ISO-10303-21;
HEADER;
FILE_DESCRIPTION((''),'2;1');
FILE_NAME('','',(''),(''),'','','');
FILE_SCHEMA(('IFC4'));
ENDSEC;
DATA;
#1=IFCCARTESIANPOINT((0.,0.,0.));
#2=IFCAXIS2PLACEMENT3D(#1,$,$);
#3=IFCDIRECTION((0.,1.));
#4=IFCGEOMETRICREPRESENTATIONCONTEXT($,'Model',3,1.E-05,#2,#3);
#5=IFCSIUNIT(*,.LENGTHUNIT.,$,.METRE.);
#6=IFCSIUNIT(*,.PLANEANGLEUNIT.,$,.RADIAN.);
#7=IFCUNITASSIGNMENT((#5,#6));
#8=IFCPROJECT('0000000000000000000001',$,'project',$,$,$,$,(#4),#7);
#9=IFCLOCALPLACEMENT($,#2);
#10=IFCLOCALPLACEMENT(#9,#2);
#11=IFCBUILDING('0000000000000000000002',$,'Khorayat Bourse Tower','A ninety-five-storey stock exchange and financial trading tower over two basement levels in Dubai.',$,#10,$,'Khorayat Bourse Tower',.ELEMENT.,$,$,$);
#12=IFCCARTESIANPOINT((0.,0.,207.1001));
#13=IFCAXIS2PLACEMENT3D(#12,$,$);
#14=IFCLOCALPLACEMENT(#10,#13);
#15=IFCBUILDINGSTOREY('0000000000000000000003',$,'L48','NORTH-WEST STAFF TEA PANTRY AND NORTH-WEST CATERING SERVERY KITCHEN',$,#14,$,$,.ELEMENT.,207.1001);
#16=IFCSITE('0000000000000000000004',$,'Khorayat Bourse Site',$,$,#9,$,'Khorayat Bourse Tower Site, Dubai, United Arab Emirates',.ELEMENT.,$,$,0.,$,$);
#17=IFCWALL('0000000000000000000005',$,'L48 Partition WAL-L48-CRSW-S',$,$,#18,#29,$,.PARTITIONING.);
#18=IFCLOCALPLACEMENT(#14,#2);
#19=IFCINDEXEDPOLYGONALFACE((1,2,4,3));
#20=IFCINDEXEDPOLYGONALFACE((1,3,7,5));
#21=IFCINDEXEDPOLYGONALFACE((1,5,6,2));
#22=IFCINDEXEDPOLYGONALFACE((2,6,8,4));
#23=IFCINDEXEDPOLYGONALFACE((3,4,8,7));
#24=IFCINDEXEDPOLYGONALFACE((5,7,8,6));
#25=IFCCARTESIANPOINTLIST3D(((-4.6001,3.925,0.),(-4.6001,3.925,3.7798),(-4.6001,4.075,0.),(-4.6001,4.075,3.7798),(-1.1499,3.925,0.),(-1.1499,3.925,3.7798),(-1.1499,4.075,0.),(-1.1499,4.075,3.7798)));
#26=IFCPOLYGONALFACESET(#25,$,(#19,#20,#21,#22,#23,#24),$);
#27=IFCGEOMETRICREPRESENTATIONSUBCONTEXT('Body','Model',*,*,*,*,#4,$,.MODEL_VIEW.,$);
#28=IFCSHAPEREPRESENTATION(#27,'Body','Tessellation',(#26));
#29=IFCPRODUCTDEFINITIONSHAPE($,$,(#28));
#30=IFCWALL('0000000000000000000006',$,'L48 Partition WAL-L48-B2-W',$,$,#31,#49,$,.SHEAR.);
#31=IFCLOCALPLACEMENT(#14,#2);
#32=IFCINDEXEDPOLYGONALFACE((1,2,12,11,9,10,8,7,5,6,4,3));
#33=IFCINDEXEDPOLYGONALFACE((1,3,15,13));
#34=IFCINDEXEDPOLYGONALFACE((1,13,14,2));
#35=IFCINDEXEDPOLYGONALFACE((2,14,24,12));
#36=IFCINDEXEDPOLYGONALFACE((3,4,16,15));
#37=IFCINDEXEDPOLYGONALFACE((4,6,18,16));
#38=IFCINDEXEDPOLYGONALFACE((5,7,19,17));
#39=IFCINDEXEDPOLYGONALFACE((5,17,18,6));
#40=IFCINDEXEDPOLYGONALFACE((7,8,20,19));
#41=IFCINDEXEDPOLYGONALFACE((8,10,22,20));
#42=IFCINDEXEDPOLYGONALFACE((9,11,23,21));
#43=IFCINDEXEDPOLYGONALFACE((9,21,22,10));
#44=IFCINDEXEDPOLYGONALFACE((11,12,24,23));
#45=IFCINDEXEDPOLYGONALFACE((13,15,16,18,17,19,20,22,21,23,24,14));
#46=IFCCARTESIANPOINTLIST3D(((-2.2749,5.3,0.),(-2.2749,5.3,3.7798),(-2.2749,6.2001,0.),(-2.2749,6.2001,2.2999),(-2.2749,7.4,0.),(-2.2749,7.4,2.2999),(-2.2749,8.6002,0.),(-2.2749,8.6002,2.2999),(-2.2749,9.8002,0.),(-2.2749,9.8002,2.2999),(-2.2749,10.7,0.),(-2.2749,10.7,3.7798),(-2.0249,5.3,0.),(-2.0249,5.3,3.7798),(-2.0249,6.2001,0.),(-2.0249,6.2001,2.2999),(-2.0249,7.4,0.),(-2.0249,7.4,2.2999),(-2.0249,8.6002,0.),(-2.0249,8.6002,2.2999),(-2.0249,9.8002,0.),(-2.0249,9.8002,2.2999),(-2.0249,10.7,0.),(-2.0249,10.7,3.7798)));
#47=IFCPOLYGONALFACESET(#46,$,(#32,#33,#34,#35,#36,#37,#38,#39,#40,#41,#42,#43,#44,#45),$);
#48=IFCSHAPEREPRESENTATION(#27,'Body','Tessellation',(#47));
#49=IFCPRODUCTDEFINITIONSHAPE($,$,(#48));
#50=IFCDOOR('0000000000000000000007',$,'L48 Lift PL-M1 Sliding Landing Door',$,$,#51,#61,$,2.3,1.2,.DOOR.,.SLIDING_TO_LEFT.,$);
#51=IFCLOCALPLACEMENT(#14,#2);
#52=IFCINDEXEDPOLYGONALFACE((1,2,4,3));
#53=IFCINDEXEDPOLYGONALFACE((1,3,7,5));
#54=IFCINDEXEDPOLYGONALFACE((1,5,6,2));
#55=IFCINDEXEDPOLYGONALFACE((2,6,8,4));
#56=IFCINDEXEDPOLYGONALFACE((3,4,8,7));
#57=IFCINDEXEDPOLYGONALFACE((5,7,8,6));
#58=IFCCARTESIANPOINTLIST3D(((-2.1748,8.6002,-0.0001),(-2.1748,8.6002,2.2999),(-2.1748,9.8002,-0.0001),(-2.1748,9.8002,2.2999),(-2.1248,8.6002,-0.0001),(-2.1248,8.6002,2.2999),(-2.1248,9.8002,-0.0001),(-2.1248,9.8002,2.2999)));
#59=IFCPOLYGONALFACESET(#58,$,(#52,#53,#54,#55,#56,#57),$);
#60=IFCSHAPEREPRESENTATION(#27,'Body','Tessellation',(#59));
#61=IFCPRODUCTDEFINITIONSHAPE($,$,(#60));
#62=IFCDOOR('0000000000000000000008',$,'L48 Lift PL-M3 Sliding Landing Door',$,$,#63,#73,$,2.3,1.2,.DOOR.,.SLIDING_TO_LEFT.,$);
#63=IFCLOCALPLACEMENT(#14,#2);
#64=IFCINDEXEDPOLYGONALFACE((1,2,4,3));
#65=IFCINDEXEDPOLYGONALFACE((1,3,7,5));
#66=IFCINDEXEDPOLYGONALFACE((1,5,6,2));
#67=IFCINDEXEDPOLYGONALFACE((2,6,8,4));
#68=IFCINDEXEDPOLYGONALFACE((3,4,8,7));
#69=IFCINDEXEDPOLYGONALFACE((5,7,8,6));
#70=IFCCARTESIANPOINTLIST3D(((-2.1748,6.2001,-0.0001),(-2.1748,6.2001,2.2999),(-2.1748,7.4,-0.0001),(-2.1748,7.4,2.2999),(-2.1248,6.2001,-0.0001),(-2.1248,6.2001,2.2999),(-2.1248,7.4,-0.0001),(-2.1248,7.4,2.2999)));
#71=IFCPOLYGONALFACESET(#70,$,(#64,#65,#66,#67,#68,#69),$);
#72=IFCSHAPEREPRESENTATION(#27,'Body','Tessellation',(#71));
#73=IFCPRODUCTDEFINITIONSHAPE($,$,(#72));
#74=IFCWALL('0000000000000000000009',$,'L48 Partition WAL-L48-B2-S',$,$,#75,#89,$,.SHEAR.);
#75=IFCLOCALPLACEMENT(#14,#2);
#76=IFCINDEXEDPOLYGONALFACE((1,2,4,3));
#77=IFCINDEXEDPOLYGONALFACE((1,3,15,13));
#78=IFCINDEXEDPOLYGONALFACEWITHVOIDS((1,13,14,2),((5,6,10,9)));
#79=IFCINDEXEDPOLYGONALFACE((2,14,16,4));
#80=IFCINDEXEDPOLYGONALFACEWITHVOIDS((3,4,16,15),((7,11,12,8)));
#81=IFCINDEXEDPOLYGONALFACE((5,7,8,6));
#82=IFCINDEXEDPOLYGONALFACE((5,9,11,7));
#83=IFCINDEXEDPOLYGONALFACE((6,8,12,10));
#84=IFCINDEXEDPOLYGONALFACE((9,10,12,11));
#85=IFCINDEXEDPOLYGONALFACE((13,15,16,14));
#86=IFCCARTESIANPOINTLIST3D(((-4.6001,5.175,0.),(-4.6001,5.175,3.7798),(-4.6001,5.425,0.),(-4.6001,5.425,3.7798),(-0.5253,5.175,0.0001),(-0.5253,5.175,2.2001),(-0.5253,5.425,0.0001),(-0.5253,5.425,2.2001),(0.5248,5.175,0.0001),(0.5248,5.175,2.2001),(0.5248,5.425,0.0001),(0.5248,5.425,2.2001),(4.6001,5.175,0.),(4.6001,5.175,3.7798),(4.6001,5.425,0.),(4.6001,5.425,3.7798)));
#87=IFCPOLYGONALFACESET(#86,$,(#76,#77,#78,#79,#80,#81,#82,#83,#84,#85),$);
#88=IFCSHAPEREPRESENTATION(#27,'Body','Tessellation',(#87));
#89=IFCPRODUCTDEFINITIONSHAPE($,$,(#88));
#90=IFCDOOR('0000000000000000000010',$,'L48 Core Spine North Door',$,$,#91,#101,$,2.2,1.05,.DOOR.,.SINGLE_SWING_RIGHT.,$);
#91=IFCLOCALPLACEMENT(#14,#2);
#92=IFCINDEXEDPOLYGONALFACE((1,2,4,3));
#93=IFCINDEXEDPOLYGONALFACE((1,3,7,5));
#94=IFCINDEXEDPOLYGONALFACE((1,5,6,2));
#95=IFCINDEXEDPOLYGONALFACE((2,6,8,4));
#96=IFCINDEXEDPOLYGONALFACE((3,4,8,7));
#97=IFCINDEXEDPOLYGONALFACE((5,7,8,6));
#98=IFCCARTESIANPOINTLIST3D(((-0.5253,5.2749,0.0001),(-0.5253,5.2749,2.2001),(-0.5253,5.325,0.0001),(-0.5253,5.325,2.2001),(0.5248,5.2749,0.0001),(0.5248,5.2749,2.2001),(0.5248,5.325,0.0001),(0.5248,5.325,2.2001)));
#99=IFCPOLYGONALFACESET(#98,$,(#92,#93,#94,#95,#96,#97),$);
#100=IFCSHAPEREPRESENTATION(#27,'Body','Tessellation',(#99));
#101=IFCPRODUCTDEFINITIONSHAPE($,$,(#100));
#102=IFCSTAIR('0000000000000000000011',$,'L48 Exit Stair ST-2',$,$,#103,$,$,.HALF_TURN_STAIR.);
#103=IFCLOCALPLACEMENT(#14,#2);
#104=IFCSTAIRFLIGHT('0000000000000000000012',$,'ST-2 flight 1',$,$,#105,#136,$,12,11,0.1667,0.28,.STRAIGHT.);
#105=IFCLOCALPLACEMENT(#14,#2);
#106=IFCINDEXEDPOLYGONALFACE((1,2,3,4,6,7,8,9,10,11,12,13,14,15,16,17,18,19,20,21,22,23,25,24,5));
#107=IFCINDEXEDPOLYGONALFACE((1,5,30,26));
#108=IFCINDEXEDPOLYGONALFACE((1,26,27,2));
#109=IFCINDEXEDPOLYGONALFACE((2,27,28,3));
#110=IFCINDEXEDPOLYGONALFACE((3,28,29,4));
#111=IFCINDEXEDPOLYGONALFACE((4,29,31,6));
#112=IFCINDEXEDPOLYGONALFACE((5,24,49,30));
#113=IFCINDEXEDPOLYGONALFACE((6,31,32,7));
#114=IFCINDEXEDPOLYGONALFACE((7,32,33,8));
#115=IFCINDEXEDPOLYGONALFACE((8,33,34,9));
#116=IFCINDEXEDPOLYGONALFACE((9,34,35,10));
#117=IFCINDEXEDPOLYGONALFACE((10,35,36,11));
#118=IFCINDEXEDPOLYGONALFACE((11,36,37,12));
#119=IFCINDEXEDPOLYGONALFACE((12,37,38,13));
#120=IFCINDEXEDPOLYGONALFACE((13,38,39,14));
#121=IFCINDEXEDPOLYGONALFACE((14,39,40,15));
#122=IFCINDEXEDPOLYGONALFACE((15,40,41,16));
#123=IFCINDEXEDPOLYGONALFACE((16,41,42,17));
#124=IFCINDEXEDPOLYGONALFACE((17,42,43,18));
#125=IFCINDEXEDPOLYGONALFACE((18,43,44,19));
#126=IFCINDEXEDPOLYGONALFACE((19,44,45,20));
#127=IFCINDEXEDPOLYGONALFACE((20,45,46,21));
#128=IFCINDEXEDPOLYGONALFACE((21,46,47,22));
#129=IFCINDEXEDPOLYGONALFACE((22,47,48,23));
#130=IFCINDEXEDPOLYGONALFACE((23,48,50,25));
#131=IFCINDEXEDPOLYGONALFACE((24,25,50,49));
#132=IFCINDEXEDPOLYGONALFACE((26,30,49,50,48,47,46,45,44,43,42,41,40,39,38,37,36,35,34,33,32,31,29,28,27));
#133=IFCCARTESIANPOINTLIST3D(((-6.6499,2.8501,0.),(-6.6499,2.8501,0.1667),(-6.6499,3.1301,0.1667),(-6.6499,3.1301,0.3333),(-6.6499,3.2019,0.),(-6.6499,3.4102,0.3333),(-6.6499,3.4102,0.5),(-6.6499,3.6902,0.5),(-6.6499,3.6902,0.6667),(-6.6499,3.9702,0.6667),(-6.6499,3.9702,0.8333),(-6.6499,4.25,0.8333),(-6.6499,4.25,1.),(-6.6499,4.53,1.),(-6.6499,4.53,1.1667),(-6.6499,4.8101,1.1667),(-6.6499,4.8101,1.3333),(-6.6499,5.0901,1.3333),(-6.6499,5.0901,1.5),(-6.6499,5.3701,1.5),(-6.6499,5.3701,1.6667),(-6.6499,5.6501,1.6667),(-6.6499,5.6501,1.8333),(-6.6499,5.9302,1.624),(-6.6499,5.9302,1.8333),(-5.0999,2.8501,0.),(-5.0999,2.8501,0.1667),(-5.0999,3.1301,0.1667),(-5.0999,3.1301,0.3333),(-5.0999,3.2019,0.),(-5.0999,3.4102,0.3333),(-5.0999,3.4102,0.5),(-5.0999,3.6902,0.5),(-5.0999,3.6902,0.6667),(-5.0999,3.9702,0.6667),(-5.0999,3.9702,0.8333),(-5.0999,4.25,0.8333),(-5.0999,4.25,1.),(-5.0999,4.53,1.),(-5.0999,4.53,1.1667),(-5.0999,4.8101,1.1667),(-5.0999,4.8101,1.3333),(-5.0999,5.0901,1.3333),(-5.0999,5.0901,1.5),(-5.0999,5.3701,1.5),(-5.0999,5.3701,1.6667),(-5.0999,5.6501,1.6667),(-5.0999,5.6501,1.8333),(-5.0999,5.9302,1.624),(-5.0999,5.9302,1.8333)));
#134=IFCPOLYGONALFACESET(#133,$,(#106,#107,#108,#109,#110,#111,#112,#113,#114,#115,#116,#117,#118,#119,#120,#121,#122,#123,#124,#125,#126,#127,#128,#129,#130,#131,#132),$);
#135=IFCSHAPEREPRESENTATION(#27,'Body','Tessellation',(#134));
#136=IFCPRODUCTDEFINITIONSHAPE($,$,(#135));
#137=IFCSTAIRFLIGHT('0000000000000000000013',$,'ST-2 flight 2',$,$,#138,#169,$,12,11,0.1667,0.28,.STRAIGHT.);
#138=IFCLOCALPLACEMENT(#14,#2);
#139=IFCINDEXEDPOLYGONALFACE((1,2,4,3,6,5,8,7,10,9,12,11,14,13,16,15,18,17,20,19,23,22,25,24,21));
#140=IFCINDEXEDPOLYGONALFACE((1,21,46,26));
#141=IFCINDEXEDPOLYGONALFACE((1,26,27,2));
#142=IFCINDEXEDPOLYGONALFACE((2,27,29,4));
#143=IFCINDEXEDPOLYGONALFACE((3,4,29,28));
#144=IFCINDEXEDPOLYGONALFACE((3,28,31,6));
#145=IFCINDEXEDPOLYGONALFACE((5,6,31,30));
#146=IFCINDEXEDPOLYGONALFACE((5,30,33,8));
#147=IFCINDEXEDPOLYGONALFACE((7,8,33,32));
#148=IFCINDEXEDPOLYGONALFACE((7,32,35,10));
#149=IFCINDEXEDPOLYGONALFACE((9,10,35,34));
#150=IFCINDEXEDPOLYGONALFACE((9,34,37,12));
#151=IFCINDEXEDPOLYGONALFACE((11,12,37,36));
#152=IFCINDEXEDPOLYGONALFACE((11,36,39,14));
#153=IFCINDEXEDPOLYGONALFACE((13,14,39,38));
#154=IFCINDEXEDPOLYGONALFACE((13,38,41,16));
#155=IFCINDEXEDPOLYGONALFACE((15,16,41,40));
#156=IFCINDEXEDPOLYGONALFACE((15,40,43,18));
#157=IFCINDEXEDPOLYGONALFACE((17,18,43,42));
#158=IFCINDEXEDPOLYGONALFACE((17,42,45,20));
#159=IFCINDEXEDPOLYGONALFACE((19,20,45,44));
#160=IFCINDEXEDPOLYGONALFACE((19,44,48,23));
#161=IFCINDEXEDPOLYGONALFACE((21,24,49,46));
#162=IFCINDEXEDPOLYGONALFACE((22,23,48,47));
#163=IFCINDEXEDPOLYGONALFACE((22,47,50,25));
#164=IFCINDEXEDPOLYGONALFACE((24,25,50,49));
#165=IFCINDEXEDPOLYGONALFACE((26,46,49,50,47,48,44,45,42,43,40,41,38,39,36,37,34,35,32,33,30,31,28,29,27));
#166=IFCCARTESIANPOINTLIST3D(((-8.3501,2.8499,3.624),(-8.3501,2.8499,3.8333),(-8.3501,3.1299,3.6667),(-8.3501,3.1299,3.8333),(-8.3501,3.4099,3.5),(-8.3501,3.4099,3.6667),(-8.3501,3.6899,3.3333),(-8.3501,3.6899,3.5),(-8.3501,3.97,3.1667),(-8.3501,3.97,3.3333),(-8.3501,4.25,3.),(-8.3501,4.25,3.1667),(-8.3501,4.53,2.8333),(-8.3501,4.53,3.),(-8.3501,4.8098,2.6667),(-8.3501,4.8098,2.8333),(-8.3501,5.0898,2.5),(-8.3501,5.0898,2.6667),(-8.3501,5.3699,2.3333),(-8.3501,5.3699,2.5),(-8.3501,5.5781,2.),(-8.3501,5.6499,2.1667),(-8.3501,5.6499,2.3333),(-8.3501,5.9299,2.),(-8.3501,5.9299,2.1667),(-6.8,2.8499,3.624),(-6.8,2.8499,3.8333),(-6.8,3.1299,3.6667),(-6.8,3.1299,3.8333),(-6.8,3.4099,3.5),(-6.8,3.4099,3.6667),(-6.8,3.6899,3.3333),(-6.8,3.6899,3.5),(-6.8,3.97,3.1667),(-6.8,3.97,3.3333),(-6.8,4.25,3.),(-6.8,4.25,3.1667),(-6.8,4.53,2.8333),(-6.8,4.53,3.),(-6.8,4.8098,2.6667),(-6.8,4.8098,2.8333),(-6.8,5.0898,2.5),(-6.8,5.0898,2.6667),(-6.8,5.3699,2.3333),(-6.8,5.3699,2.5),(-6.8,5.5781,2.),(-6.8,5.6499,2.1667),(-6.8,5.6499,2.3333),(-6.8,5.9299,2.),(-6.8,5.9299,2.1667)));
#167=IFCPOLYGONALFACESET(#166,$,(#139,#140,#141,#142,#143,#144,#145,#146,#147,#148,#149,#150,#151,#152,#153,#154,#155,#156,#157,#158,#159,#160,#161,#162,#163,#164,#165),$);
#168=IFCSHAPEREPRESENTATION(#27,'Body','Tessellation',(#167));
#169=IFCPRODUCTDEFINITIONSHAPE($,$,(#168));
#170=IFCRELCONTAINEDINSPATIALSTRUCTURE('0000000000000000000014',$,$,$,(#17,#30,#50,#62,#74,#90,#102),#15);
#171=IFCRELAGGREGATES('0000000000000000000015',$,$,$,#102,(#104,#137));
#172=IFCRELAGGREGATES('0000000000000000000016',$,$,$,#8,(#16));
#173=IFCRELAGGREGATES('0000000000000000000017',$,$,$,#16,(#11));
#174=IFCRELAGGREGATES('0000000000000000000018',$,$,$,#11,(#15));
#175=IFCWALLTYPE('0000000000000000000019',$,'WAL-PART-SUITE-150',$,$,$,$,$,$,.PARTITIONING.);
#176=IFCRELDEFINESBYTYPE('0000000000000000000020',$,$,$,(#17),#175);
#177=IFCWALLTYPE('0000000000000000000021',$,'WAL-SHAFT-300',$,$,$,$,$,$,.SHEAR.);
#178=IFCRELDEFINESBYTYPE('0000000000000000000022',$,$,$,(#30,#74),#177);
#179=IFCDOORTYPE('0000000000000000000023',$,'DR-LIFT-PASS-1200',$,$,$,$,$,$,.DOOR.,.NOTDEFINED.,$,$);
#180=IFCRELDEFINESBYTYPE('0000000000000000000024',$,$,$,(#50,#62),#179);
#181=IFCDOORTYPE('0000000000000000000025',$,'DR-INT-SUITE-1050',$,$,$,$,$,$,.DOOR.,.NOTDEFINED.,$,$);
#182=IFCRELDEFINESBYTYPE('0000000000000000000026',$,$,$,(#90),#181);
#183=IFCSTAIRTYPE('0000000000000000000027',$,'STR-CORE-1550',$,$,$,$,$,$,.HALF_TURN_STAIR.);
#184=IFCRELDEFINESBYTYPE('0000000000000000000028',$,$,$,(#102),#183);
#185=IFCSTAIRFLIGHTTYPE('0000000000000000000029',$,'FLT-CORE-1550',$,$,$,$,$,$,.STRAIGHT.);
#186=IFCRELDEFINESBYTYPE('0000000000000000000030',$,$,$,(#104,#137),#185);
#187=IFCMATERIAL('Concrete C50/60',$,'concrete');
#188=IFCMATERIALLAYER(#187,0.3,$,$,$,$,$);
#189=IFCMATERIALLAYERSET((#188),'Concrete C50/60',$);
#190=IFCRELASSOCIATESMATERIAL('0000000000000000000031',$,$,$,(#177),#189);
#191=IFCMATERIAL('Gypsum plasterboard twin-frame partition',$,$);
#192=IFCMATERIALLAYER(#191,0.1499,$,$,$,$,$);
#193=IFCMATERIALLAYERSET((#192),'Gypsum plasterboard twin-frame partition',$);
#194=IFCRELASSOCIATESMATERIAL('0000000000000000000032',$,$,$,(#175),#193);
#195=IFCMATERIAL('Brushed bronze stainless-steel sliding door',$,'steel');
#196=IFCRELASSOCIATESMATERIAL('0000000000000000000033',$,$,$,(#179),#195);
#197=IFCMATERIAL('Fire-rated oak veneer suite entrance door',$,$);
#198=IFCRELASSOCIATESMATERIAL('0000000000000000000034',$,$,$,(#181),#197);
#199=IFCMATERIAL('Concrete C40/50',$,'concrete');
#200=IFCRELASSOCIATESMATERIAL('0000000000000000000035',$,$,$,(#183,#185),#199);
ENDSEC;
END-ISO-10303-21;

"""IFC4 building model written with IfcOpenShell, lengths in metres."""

from ifc_helpers import new_model, si_unit, direction, frame, frame_2d, origin, place, context, subcontext, project, spatial, polyline, rectangle, outline, extrude, source, transform, mapped, material, layer, layer_set, type_object, element, fill, aggregate, save


model = new_model("IFC4")

# Units and contexts
model_context = context("Model", 3, precision=1e-05, world=origin(), true_north=direction((0.0, 1.0)))
body_context = subcontext(model_context, "Body", "Model", "MODEL_VIEW")
ifc_project = project(units=[si_unit("LENGTHUNIT", "METRE"), si_unit("PLANEANGLEUNIT", "RADIAN")], contexts=[model_context])

# Site, building, storey
site_placement = place(None, origin())
site = spatial("IfcSite", under=ifc_project, at=site_placement, Name="Khorayat Bourse Site", LongName="Khorayat Bourse Tower Site, Dubai, United Arab Emirates", CompositionType="ELEMENT", RefElevation=0.0)
building_placement = place(site_placement, origin())
building = spatial("IfcBuilding", under=site, at=building_placement, Name="Khorayat Bourse Tower", Description="A ninety-five-storey stock exchange and financial trading tower over two basement levels in Dubai.", LongName="Khorayat Bourse Tower", CompositionType="ELEMENT")
storey_placement = place(building_placement, frame((0.0, 0.0, 207.1001)))
storey = spatial("IfcBuildingStorey", under=building, at=storey_placement, Name="L48", Description="NORTH-WEST STAFF TEA PANTRY AND NORTH-WEST CATERING SERVERY KITCHEN", CompositionType="ELEMENT", Elevation=207.1001)

# Shared definitions
ifc_material_1 = material(Name="Concrete C40/50", Category="concrete")

# Wall
ifc_material_2 = material(Name="Concrete C50/60", Category="concrete")
ifc_layer_1 = layer(ifc_material_2, 0.3)
ifc_layer_set_1 = layer_set([ifc_layer_1], Name="Concrete C50/60")
wall_type_1 = type_object("IfcWallType", Name="WAL-SHAFT-300", PredefinedType="SHEAR", material=ifc_layer_set_1)
ifc_material_3 = material(Name="Gypsum plasterboard twin-frame partition")
ifc_layer_2 = layer(ifc_material_3, 0.1499)
ifc_layer_set_2 = layer_set([ifc_layer_2], Name="Gypsum plasterboard twin-frame partition")
wall_type_2 = type_object("IfcWallType", Name="WAL-PART-SUITE-150", PredefinedType="PARTITIONING", material=ifc_layer_set_2)
shared_shape_1 = source(origin(), body_context, "Body", "SweptSolid", [
    extrude(rectangle(XDim=3.4502, YDim=0.1499, at=frame_2d((1.7251, 0.0))), origin(), (0.0, 0.0, 1.0), 3.7798),
])
wall_1_placement = place(storey_placement, frame((-4.6001, 4.0, 0.0), z_axis=(0.0, 0.0, 1.0), x_axis=(1.0, 0.0, 0.0)))
element("IfcWall", 1, at=wall_1_placement, inside=storey, type_object=wall_type_2, Name="L48 Partition WAL-L48-CRSW-S", PredefinedType="PARTITIONING", context=body_context, shape_type="MappedRepresentation", body=[
    mapped(shared_shape_1, transform((0.0, 0.0, 0.0), scale=1.0)),
])

# Wall, openings, doors
shared_shape_2 = source(origin(), body_context, "Body", "SweptSolid", [
    extrude(rectangle(XDim=5.3999, YDim=0.25, at=frame_2d((2.7, 0.0))), origin(), (0.0, 0.0, 1.0), 3.7798),
])
wall_2_placement = place(storey_placement, frame((-2.1499, 5.3, 0.0), z_axis=(0.0, 0.0, 1.0), x_axis=(0.0, 1.0, 0.0)))
wall_2 = element("IfcWall", 2, at=wall_2_placement, inside=storey, type_object=wall_type_1, Name="L48 Partition WAL-L48-B2-W", PredefinedType="SHEAR", context=body_context, shape_type="MappedRepresentation", body=[
    mapped(shared_shape_2, transform((0.0, 0.0, 0.0), scale=1.0)),
])
shared_shape_3 = source(origin(), body_context, "Body", "SweptSolid", [
    extrude(rectangle(XDim=1.2, YDim=2.3, at=frame_2d((0.6001, 1.1499))), frame((0.0, 0.135, 0.0), z_axis=(0.0, -1.0, 0.0), x_axis=(1.0, 0.0, 0.0)), (0.0, 0.0, 1.0), 0.27),
])
opening_1_placement = place(wall_2_placement, frame((3.3, 0.0, 0.0)))
opening_1 = element("IfcOpeningElement", 3, at=opening_1_placement, cuts=wall_2, PredefinedType="OPENING", context=body_context, shape_type="MappedRepresentation", body=[
    mapped(shared_shape_3, transform((0.0, 0.0, 0.0), scale=1.0)),
])
opening_2_placement = place(wall_2_placement, frame((0.8999, 0.0, 0.0)))
opening_2 = element("IfcOpeningElement", 4, at=opening_2_placement, cuts=wall_2, PredefinedType="OPENING", context=body_context, shape_type="MappedRepresentation", body=[
    mapped(shared_shape_3, transform((0.0, 0.0, 0.0), scale=1.0)),
])
ifc_material_4 = material(Name="Brushed bronze stainless-steel sliding door", Category="steel")
door_type_1 = type_object("IfcDoorType", Name="DR-LIFT-PASS-1200", OperationType="NOTDEFINED", PredefinedType="DOOR", material=ifc_material_4)
shared_shape_4 = source(origin(), body_context, "Body", "SweptSolid", [
    extrude(rectangle(XDim=1.2, YDim=2.3, at=frame_2d((0.6001, 1.1499))), frame((0.0, 0.0249, 0.0), z_axis=(0.0, -1.0, 0.0), x_axis=(1.0, 0.0, 0.0)), (0.0, 0.0, 1.0), 0.05),
])
door_1_placement = place(opening_1_placement, origin())
door_1 = element("IfcDoor", 5, at=door_1_placement, inside=storey, type_object=door_type_1, Name="L48 Lift PL-M1 Sliding Landing Door", OperationType="SLIDING_TO_LEFT", OverallHeight=2.3, OverallWidth=1.2, PredefinedType="DOOR", context=body_context, shape_type="MappedRepresentation", body=[
    mapped(shared_shape_4, transform((0.0, 0.0, 0.0), scale=1.0)),
])
fill(opening_1, door_1)
door_2_placement = place(opening_2_placement, origin())
door_2 = element("IfcDoor", 6, at=door_2_placement, inside=storey, type_object=door_type_1, Name="L48 Lift PL-M3 Sliding Landing Door", OperationType="SLIDING_TO_LEFT", OverallHeight=2.3, OverallWidth=1.2, PredefinedType="DOOR", context=body_context, shape_type="MappedRepresentation", body=[
    mapped(shared_shape_4, transform((0.0, 0.0, 0.0), scale=1.0)),
])
fill(opening_2, door_2)

# Wall, opening, door
shared_shape_5 = source(origin(), body_context, "Body", "SweptSolid", [
    extrude(rectangle(XDim=9.2002, YDim=0.25, at=frame_2d((4.6001, 0.0))), origin(), (0.0, 0.0, 1.0), 3.7798),
])
wall_3_placement = place(storey_placement, frame((-4.6001, 5.3, 0.0), z_axis=(0.0, 0.0, 1.0), x_axis=(1.0, 0.0, 0.0)))
wall_3 = element("IfcWall", 7, at=wall_3_placement, inside=storey, type_object=wall_type_1, Name="L48 Partition WAL-L48-B2-S", PredefinedType="SHEAR", context=body_context, shape_type="MappedRepresentation", body=[
    mapped(shared_shape_5, transform((0.0, 0.0, 0.0), scale=1.0)),
])
shared_shape_6 = source(origin(), body_context, "Body", "SweptSolid", [
    extrude(rectangle(XDim=1.05, YDim=2.2, at=frame_2d((0.5249, 1.1001))), frame((0.0, 0.135, 0.0), z_axis=(0.0, -1.0, 0.0), x_axis=(1.0, 0.0, 0.0)), (0.0, 0.0, 1.0), 0.27),
])
opening_3_placement = place(wall_3_placement, frame((4.075, 0.0, 0.0)))
opening_3 = element("IfcOpeningElement", 8, at=opening_3_placement, cuts=wall_3, PredefinedType="OPENING", context=body_context, shape_type="MappedRepresentation", body=[
    mapped(shared_shape_6, transform((0.0, 0.0, 0.0), scale=1.0)),
])
ifc_material_5 = material(Name="Fire-rated oak veneer suite entrance door")
door_type_2 = type_object("IfcDoorType", Name="DR-INT-SUITE-1050", OperationType="NOTDEFINED", PredefinedType="DOOR", material=ifc_material_5)
shared_shape_7 = source(origin(), body_context, "Body", "SweptSolid", [
    extrude(rectangle(XDim=1.05, YDim=2.2, at=frame_2d((0.5249, 1.1001))), frame((0.0, 0.0249, 0.0), z_axis=(0.0, -1.0, 0.0), x_axis=(1.0, 0.0, 0.0)), (0.0, 0.0, 1.0), 0.05),
])
door_3_placement = place(opening_3_placement, origin())
door_3 = element("IfcDoor", 9, at=door_3_placement, inside=storey, type_object=door_type_2, Name="L48 Core Spine North Door", OperationType="SINGLE_SWING_RIGHT", OverallHeight=2.2, OverallWidth=1.05, PredefinedType="DOOR", context=body_context, shape_type="MappedRepresentation", body=[
    mapped(shared_shape_7, transform((0.0, 0.0, 0.0), scale=1.0)),
])
fill(opening_3, door_3)

# Stair, stair flights
stair_type = type_object("IfcStairType", Name="STR-CORE-1550", PredefinedType="HALF_TURN_STAIR", material=ifc_material_1)
stair_placement = place(storey_placement, origin())
stair = element("IfcStair", 10, at=stair_placement, inside=storey, type_object=stair_type, Name="L48 Exit Stair ST-2", PredefinedType="HALF_TURN_STAIR")
stair_flight_type = type_object("IfcStairFlightType", Name="FLT-CORE-1550", PredefinedType="STRAIGHT", material=ifc_material_1)
shared_shape_8 = source(origin(), body_context, "Body", "SweptSolid", [
    extrude(outline(polyline([(0.0, 0.0), (0.0, 0.1667), (0.28, 0.1667), (0.28, 0.3333), (0.5601, 0.3333), (0.5601, 0.5), (0.8401, 0.5), (0.8401, 0.6667), (1.1201, 0.6667), (1.1201, 0.8333), (1.3999, 0.8333), (1.3999, 1.0), (1.6799, 1.0), (1.6799, 1.1667), (1.96, 1.1667), (1.96, 1.3333), (2.24, 1.3333), (2.24, 1.5), (2.52, 1.5), (2.52, 1.6667), (2.8, 1.6667), (2.8, 1.8333), (3.0801, 1.8333), (3.0801, 2.0), (3.0801, 1.624), (0.3518, 0.0), (0.0, 0.0)])), frame((0.0, 0.7749, 0.0), z_axis=(0.0, -1.0, 0.0), x_axis=(1.0, 0.0, 0.0)), (0.0, 0.0, 1.0), 1.55),
])
stair_flight_1_placement = place(storey_placement, frame((-5.875, 2.8501, 0.0), z_axis=(0.0, 0.0, 1.0), x_axis=(0.0, 1.0, 0.0)))
stair_flight_1 = element("IfcStairFlight", 11, at=stair_flight_1_placement, type_object=stair_flight_type, Name="ST-2 flight 1", NumberOfRisers=12, NumberOfTreads=11, PredefinedType="STRAIGHT", RiserHeight=0.1667, TreadLength=0.28, context=body_context, shape_type="MappedRepresentation", body=[
    mapped(shared_shape_8, transform((0.0, 0.0, 0.0), scale=1.0)),
])
stair_flight_2_placement = place(storey_placement, frame((-7.575, 5.9299, 2.0), z_axis=(0.0, 0.0, 1.0), x_axis=(0.0, -1.0, 0.0)))
stair_flight_2 = element("IfcStairFlight", 12, at=stair_flight_2_placement, type_object=stair_flight_type, Name="ST-2 flight 2", NumberOfRisers=12, NumberOfTreads=11, PredefinedType="STRAIGHT", RiserHeight=0.1667, TreadLength=0.28, context=body_context, shape_type="MappedRepresentation", body=[
    mapped(shared_shape_8, transform((0.0, 0.0, 0.0), scale=1.0)),
])
aggregate(stair, [stair_flight_1, stair_flight_2])

save(model, "model.ifc")
